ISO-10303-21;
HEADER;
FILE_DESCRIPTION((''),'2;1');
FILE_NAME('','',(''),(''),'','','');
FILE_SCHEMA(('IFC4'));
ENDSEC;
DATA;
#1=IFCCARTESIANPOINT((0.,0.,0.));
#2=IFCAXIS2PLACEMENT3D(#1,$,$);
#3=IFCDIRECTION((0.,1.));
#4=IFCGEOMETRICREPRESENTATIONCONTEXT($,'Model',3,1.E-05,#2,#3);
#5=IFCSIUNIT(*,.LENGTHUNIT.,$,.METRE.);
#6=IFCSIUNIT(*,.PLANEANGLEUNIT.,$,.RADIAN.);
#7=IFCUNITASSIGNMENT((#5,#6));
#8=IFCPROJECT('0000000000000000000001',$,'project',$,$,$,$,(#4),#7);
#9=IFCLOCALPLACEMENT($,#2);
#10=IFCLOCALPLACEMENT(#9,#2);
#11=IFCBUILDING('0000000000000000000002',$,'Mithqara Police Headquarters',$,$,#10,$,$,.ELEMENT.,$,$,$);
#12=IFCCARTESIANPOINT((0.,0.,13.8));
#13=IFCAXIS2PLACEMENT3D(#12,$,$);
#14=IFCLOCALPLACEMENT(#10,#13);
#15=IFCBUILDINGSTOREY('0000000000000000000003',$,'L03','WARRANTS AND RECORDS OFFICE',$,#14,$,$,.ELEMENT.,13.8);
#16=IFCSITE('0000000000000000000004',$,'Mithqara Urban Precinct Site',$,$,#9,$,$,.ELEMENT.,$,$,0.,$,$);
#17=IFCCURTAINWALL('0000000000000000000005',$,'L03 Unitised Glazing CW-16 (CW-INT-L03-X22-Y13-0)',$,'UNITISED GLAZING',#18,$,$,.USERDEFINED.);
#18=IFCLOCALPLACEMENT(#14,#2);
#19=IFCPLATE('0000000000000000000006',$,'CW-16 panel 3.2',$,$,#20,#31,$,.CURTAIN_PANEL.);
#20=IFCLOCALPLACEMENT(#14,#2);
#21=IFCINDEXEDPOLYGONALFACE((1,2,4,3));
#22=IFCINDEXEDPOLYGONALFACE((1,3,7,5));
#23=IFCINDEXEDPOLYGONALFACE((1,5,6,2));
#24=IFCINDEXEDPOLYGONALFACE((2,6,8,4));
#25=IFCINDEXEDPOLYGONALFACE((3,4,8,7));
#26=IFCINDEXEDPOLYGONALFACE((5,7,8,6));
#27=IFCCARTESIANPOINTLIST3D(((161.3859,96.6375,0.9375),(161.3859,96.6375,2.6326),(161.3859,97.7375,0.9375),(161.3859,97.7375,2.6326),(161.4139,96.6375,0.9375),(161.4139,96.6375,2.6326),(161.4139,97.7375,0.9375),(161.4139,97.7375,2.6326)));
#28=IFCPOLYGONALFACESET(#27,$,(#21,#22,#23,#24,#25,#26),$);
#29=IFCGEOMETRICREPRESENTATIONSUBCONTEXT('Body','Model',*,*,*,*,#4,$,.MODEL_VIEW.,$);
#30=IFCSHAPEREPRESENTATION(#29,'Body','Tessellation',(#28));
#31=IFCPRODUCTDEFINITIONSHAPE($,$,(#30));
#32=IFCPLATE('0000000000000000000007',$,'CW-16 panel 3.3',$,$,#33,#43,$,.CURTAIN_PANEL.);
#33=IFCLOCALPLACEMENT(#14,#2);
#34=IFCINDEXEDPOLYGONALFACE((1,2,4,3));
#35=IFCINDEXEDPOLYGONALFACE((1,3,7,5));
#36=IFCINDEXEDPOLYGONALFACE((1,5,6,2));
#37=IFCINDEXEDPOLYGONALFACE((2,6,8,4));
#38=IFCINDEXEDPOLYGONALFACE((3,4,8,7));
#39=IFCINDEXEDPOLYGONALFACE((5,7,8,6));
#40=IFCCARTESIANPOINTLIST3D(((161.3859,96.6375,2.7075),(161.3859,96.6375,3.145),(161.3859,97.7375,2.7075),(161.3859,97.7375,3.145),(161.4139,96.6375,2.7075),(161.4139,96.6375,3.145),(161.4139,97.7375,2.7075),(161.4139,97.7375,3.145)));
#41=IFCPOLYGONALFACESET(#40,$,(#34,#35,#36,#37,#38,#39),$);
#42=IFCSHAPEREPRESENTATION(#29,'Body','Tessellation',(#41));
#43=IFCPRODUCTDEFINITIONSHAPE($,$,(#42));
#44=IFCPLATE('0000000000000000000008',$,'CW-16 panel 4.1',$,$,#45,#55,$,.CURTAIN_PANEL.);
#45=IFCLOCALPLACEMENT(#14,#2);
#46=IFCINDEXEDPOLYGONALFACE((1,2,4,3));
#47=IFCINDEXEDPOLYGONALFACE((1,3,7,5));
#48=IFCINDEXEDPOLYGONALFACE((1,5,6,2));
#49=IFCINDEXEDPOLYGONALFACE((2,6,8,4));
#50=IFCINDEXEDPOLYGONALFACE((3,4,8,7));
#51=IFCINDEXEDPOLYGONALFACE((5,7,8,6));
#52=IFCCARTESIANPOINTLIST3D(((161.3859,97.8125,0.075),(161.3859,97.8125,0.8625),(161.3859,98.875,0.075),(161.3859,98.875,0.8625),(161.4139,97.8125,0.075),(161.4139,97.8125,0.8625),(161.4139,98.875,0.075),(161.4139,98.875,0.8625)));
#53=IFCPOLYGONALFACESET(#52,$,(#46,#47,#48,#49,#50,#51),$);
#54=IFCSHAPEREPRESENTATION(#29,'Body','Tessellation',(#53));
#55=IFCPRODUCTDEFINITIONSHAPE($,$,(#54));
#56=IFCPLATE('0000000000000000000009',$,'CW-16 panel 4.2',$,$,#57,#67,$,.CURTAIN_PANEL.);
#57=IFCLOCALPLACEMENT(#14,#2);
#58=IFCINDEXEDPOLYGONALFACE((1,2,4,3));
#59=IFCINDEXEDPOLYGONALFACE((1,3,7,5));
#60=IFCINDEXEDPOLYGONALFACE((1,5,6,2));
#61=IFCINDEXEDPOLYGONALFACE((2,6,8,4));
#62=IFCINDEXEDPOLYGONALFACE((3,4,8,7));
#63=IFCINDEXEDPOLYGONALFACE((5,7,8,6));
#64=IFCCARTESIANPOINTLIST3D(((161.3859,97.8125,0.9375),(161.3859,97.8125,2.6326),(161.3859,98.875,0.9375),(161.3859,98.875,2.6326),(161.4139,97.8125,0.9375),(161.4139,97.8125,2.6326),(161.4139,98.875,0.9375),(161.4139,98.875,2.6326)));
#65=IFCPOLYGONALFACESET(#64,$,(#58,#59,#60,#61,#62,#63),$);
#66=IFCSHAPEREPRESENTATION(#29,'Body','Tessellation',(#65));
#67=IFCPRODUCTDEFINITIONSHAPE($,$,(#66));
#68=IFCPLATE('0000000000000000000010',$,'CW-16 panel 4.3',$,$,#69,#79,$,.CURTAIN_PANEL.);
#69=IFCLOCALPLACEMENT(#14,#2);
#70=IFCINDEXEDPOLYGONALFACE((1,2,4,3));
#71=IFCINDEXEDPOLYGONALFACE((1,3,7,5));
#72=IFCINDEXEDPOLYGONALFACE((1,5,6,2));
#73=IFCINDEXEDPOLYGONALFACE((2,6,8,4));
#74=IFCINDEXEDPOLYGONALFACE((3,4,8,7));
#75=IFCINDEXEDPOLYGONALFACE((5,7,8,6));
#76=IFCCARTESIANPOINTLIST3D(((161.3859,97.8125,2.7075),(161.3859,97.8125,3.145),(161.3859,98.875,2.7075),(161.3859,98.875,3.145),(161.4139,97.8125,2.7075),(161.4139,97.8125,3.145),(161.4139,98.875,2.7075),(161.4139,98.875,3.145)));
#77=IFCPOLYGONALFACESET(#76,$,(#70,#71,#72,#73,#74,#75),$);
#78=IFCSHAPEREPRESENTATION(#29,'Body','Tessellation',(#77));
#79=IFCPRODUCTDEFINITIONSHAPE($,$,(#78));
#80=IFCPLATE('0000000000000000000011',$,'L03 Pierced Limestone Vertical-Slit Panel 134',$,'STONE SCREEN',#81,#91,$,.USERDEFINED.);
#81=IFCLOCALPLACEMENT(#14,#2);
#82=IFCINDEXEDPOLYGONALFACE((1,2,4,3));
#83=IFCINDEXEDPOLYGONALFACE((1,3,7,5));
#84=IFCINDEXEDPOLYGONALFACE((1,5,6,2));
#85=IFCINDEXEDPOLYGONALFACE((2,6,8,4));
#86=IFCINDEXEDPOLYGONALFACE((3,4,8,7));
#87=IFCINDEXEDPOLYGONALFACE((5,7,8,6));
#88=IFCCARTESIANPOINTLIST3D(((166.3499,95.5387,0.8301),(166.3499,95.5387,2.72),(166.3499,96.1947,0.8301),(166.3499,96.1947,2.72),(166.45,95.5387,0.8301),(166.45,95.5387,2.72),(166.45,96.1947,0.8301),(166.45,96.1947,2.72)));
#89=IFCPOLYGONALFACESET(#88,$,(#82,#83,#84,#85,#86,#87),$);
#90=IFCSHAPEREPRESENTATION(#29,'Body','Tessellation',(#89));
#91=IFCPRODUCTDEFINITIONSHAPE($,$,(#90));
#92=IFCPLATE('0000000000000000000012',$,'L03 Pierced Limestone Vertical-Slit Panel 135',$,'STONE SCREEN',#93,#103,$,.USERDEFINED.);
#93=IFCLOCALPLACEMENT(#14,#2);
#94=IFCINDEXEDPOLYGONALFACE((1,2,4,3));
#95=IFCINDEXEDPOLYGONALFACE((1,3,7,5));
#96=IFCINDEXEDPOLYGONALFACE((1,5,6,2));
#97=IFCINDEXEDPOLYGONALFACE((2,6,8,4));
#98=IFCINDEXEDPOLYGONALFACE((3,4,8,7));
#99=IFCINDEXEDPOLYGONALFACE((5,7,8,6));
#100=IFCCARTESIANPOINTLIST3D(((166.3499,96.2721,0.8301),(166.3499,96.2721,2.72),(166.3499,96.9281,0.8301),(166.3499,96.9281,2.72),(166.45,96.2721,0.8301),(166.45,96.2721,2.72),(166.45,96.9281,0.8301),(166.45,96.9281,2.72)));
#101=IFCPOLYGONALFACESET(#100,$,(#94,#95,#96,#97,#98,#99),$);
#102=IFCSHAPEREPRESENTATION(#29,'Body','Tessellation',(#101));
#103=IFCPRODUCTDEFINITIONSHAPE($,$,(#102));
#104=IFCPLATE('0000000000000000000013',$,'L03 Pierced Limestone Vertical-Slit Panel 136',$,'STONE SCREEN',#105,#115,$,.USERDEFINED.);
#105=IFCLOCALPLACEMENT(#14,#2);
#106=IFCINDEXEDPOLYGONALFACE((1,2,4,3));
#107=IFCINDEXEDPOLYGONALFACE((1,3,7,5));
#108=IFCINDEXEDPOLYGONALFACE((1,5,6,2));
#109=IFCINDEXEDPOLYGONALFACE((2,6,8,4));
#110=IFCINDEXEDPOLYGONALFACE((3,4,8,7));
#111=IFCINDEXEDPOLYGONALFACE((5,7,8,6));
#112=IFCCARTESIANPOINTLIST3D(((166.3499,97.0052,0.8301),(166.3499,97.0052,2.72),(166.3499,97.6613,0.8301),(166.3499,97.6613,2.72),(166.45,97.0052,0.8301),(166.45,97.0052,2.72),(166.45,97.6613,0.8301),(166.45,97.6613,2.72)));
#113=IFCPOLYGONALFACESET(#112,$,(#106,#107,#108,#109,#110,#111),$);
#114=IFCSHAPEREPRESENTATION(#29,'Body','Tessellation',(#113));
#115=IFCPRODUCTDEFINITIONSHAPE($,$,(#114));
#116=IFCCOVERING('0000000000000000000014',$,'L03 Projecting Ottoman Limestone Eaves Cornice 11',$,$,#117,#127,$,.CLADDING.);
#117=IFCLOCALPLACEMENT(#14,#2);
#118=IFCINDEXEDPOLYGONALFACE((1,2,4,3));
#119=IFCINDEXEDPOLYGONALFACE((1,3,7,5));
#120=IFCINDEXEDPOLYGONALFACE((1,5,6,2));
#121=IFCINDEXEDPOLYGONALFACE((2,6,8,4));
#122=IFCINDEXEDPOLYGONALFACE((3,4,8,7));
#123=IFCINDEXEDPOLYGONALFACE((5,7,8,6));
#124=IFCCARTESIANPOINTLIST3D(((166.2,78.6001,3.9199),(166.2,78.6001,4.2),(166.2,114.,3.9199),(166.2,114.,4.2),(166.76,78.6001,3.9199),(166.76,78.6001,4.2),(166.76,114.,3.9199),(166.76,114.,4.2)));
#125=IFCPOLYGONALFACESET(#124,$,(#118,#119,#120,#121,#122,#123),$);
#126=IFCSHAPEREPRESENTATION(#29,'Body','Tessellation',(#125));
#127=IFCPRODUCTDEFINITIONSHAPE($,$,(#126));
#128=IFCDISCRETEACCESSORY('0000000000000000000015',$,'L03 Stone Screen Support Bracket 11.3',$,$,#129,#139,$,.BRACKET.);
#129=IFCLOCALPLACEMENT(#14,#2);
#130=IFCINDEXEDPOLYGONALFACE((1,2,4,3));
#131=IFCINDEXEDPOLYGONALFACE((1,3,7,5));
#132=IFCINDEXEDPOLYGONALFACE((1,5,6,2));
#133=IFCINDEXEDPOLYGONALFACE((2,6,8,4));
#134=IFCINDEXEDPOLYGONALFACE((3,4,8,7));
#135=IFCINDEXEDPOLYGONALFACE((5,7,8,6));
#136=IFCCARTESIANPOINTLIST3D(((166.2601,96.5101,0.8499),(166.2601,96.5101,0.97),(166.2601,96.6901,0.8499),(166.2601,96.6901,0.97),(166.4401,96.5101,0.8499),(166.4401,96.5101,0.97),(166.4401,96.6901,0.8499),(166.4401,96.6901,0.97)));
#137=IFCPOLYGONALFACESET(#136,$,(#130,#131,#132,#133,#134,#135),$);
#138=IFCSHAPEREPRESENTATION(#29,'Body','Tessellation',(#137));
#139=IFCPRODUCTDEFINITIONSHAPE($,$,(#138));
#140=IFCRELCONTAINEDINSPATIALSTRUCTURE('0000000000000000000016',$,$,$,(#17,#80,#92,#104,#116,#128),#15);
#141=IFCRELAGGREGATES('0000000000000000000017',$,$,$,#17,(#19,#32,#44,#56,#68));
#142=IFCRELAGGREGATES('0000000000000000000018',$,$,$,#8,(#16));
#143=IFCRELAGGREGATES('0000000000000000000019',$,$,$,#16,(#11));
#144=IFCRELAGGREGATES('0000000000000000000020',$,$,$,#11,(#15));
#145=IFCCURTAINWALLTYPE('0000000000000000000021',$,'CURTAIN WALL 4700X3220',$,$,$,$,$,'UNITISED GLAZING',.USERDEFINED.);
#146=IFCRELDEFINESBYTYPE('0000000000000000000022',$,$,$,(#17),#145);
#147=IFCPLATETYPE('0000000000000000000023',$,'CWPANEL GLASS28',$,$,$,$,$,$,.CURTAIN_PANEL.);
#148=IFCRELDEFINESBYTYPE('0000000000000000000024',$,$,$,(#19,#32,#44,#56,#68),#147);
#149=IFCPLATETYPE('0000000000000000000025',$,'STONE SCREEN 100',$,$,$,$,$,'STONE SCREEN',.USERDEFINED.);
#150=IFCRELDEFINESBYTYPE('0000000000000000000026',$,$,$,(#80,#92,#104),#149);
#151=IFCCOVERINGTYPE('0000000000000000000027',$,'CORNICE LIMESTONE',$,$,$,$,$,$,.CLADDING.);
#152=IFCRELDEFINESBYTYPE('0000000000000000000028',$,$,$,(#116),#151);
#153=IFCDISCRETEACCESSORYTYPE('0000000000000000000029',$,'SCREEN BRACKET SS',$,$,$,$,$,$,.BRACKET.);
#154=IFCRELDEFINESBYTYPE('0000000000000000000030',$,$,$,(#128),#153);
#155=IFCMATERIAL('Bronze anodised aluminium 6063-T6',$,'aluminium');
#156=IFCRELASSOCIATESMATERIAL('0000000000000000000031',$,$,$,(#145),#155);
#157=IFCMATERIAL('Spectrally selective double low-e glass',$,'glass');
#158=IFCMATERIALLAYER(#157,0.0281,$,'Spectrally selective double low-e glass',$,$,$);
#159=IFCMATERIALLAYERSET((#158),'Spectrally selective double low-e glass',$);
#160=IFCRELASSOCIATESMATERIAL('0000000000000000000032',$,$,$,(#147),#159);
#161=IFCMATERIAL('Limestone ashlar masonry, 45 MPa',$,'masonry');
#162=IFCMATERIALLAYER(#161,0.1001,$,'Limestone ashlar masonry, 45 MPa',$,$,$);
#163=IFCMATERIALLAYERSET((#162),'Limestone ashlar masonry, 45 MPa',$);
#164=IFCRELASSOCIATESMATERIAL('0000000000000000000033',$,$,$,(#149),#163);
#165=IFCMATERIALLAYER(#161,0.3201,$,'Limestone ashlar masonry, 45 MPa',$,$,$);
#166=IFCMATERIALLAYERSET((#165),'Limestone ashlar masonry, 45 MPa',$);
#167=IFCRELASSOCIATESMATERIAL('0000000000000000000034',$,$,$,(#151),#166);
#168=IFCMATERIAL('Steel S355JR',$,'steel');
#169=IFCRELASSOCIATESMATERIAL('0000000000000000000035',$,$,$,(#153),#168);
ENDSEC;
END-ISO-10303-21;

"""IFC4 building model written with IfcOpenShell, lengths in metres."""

from ifc_helpers import new_model, si_unit, direction, frame, origin, origin_2d, place, context, subcontext, project, spatial, rectangle, extrude, material, layer, layer_set, type_object, element, aggregate, save


model = new_model("IFC4")

# Units and contexts
model_context = context("Model", 3, precision=1e-05, world=origin(), true_north=direction((0.0, 1.0)))
body_context = subcontext(model_context, "Body", "Model", "MODEL_VIEW")
ifc_project = project(units=[si_unit("LENGTHUNIT", "METRE"), si_unit("PLANEANGLEUNIT", "RADIAN")], contexts=[model_context])

# Site, building, storey
site_placement = place(None, origin())
site = spatial("IfcSite", under=ifc_project, at=site_placement, Name="Mithqara Urban Precinct Site", CompositionType="ELEMENT", RefElevation=0.0)
building_placement = place(site_placement, origin())
building = spatial("IfcBuilding", under=site, at=building_placement, Name="Mithqara Police Headquarters", CompositionType="ELEMENT")
storey_placement = place(building_placement, frame((0.0, 0.0, 13.8)))
storey = spatial("IfcBuildingStorey", under=building, at=storey_placement, Name="L03", Description="WARRANTS AND RECORDS OFFICE", CompositionType="ELEMENT", Elevation=13.8)

# Curtain wall, plates
ifc_material_1 = material(Name="Bronze anodised aluminium 6063-T6", Category="aluminium")
curtain_wall_type = type_object("IfcCurtainWallType", Name="CURTAIN WALL 4700X3220", ElementType="UNITISED GLAZING", PredefinedType="USERDEFINED", material=ifc_material_1)
curtain_wall_placement = place(storey_placement, origin())
curtain_wall = element("IfcCurtainWall", 1, at=curtain_wall_placement, inside=storey, type_object=curtain_wall_type, Name="L03 Unitised Glazing CW-16 (CW-INT-L03-X22-Y13-0)", ObjectType="UNITISED GLAZING", PredefinedType="USERDEFINED")
ifc_material_2 = material(Name="Spectrally selective double low-e glass", Category="glass")
ifc_layer_1 = layer(ifc_material_2, 0.0281, Name="Spectrally selective double low-e glass")
ifc_layer_set_1 = layer_set([ifc_layer_1], Name="Spectrally selective double low-e glass")
plate_type_1 = type_object("IfcPlateType", Name="CWPANEL GLASS28", PredefinedType="CURTAIN_PANEL", material=ifc_layer_set_1)
plate_1_placement = place(storey_placement, frame((161.3999, 97.1875, 0.9375), z_axis=(0.0, 0.0, 1.0), x_axis=(0.0, 1.0, 0.0)))
plate_1 = element("IfcPlate", 2, at=plate_1_placement, type_object=plate_type_1, Name="CW-16 panel 3.2", PredefinedType="CURTAIN_PANEL", context=body_context, shape_type="SweptSolid", body=[
    extrude(rectangle(XDim=1.1001, YDim=0.0281, at=origin_2d()), origin(), (0.0, 0.0, 1.0), 1.6951),
])
plate_2_placement = place(storey_placement, frame((161.3999, 97.1875, 2.7075), z_axis=(0.0, 0.0, 1.0), x_axis=(0.0, 1.0, 0.0)))
plate_2 = element("IfcPlate", 3, at=plate_2_placement, type_object=plate_type_1, Name="CW-16 panel 3.3", PredefinedType="CURTAIN_PANEL", context=body_context, shape_type="SweptSolid", body=[
    extrude(rectangle(XDim=1.1001, YDim=0.0281, at=origin_2d()), origin(), (0.0, 0.0, 1.0), 0.4375),
])
plate_3_placement = place(storey_placement, frame((161.3999, 98.3438, 0.075), z_axis=(0.0, 0.0, 1.0), x_axis=(0.0, 1.0, 0.0)))
plate_3 = element("IfcPlate", 4, at=plate_3_placement, type_object=plate_type_1, Name="CW-16 panel 4.1", PredefinedType="CURTAIN_PANEL", context=body_context, shape_type="SweptSolid", body=[
    extrude(rectangle(XDim=1.0625, YDim=0.0281, at=origin_2d()), origin(), (0.0, 0.0, 1.0), 0.7876),
])
plate_4_placement = place(storey_placement, frame((161.3999, 98.3438, 0.9375), z_axis=(0.0, 0.0, 1.0), x_axis=(0.0, 1.0, 0.0)))
plate_4 = element("IfcPlate", 5, at=plate_4_placement, type_object=plate_type_1, Name="CW-16 panel 4.2", PredefinedType="CURTAIN_PANEL", context=body_context, shape_type="SweptSolid", body=[
    extrude(rectangle(XDim=1.0625, YDim=0.0281, at=origin_2d()), origin(), (0.0, 0.0, 1.0), 1.6951),
])
plate_5_placement = place(storey_placement, frame((161.3999, 98.3438, 2.7075), z_axis=(0.0, 0.0, 1.0), x_axis=(0.0, 1.0, 0.0)))
plate_5 = element("IfcPlate", 6, at=plate_5_placement, type_object=plate_type_1, Name="CW-16 panel 4.3", PredefinedType="CURTAIN_PANEL", context=body_context, shape_type="SweptSolid", body=[
    extrude(rectangle(XDim=1.0625, YDim=0.0281, at=origin_2d()), origin(), (0.0, 0.0, 1.0), 0.4375),
])
aggregate(curtain_wall, [plate_1, plate_2, plate_3, plate_4, plate_5])

# Plates
ifc_material_3 = material(Name="Limestone ashlar masonry, 45 MPa", Category="masonry")
ifc_layer_2 = layer(ifc_material_3, 0.1001, Name="Limestone ashlar masonry, 45 MPa")
ifc_layer_set_2 = layer_set([ifc_layer_2], Name="Limestone ashlar masonry, 45 MPa")
plate_type_2 = type_object("IfcPlateType", Name="STONE SCREEN 100", ElementType="STONE SCREEN", PredefinedType="USERDEFINED", material=ifc_layer_set_2)
for number, where, z_axis, x_axis, name in (
    (7, (166.3999, 95.8667, 0.8301), (0.0, 0.0, 1.0), (0.0, 1.0, 0.0), "L03 Pierced Limestone Vertical-Slit Panel 134"),
    (8, (166.3999, 96.6001, 0.8301), (0.0, 0.0, 1.0), (0.0, 1.0, 0.0), "L03 Pierced Limestone Vertical-Slit Panel 135"),
    (9, (166.3999, 97.3333, 0.8301), (0.0, 0.0, 1.0), (0.0, 1.0, 0.0), "L03 Pierced Limestone Vertical-Slit Panel 136"),
):
    element("IfcPlate", number, at=place(storey_placement, frame(where, z_axis=z_axis, x_axis=x_axis)), inside=storey, type_object=plate_type_2, Name=name, ObjectType="STONE SCREEN", PredefinedType="USERDEFINED", context=body_context, shape_type="SweptSolid", body=[
        extrude(rectangle(XDim=0.656, YDim=0.1001, at=origin_2d()), origin(), (0.0, 0.0, 1.0), 1.8899),
    ])

# Covering
ifc_layer_3 = layer(ifc_material_3, 0.3201, Name="Limestone ashlar masonry, 45 MPa")
ifc_layer_set_3 = layer_set([ifc_layer_3], Name="Limestone ashlar masonry, 45 MPa")
covering_type = type_object("IfcCoveringType", Name="CORNICE LIMESTONE", PredefinedType="CLADDING", material=ifc_layer_set_3)
covering_placement = place(storey_placement, frame((166.48, 96.3, 3.9199), z_axis=(0.0, 0.0, 1.0), x_axis=(0.0, 1.0, 0.0)))
element("IfcCovering", 10, at=covering_placement, inside=storey, type_object=covering_type, Name="L03 Projecting Ottoman Limestone Eaves Cornice 11", PredefinedType="CLADDING", context=body_context, shape_type="SweptSolid", body=[
    extrude(rectangle(XDim=35.3999, YDim=0.5601, at=origin_2d()), origin(), (0.0, 0.0, 1.0), 0.28),
])

# Discrete accessory
ifc_material_4 = material(Name="Steel S355JR", Category="steel")
discrete_accessory_type = type_object("IfcDiscreteAccessoryType", Name="SCREEN BRACKET SS", PredefinedType="BRACKET", material=ifc_material_4)
discrete_accessory_placement = place(storey_placement, frame((166.3501, 96.6001, 0.8499), z_axis=(0.0, 0.0, 1.0), x_axis=(0.0, 1.0, 0.0)))
element("IfcDiscreteAccessory", 11, at=discrete_accessory_placement, inside=storey, type_object=discrete_accessory_type, Name="L03 Stone Screen Support Bracket 11.3", PredefinedType="BRACKET", context=body_context, shape_type="SweptSolid", body=[
    extrude(rectangle(XDim=0.1799, YDim=0.1799, at=origin_2d()), origin(), (0.0, 0.0, 1.0), 0.1201),
])

save(model, "model.ifc")
